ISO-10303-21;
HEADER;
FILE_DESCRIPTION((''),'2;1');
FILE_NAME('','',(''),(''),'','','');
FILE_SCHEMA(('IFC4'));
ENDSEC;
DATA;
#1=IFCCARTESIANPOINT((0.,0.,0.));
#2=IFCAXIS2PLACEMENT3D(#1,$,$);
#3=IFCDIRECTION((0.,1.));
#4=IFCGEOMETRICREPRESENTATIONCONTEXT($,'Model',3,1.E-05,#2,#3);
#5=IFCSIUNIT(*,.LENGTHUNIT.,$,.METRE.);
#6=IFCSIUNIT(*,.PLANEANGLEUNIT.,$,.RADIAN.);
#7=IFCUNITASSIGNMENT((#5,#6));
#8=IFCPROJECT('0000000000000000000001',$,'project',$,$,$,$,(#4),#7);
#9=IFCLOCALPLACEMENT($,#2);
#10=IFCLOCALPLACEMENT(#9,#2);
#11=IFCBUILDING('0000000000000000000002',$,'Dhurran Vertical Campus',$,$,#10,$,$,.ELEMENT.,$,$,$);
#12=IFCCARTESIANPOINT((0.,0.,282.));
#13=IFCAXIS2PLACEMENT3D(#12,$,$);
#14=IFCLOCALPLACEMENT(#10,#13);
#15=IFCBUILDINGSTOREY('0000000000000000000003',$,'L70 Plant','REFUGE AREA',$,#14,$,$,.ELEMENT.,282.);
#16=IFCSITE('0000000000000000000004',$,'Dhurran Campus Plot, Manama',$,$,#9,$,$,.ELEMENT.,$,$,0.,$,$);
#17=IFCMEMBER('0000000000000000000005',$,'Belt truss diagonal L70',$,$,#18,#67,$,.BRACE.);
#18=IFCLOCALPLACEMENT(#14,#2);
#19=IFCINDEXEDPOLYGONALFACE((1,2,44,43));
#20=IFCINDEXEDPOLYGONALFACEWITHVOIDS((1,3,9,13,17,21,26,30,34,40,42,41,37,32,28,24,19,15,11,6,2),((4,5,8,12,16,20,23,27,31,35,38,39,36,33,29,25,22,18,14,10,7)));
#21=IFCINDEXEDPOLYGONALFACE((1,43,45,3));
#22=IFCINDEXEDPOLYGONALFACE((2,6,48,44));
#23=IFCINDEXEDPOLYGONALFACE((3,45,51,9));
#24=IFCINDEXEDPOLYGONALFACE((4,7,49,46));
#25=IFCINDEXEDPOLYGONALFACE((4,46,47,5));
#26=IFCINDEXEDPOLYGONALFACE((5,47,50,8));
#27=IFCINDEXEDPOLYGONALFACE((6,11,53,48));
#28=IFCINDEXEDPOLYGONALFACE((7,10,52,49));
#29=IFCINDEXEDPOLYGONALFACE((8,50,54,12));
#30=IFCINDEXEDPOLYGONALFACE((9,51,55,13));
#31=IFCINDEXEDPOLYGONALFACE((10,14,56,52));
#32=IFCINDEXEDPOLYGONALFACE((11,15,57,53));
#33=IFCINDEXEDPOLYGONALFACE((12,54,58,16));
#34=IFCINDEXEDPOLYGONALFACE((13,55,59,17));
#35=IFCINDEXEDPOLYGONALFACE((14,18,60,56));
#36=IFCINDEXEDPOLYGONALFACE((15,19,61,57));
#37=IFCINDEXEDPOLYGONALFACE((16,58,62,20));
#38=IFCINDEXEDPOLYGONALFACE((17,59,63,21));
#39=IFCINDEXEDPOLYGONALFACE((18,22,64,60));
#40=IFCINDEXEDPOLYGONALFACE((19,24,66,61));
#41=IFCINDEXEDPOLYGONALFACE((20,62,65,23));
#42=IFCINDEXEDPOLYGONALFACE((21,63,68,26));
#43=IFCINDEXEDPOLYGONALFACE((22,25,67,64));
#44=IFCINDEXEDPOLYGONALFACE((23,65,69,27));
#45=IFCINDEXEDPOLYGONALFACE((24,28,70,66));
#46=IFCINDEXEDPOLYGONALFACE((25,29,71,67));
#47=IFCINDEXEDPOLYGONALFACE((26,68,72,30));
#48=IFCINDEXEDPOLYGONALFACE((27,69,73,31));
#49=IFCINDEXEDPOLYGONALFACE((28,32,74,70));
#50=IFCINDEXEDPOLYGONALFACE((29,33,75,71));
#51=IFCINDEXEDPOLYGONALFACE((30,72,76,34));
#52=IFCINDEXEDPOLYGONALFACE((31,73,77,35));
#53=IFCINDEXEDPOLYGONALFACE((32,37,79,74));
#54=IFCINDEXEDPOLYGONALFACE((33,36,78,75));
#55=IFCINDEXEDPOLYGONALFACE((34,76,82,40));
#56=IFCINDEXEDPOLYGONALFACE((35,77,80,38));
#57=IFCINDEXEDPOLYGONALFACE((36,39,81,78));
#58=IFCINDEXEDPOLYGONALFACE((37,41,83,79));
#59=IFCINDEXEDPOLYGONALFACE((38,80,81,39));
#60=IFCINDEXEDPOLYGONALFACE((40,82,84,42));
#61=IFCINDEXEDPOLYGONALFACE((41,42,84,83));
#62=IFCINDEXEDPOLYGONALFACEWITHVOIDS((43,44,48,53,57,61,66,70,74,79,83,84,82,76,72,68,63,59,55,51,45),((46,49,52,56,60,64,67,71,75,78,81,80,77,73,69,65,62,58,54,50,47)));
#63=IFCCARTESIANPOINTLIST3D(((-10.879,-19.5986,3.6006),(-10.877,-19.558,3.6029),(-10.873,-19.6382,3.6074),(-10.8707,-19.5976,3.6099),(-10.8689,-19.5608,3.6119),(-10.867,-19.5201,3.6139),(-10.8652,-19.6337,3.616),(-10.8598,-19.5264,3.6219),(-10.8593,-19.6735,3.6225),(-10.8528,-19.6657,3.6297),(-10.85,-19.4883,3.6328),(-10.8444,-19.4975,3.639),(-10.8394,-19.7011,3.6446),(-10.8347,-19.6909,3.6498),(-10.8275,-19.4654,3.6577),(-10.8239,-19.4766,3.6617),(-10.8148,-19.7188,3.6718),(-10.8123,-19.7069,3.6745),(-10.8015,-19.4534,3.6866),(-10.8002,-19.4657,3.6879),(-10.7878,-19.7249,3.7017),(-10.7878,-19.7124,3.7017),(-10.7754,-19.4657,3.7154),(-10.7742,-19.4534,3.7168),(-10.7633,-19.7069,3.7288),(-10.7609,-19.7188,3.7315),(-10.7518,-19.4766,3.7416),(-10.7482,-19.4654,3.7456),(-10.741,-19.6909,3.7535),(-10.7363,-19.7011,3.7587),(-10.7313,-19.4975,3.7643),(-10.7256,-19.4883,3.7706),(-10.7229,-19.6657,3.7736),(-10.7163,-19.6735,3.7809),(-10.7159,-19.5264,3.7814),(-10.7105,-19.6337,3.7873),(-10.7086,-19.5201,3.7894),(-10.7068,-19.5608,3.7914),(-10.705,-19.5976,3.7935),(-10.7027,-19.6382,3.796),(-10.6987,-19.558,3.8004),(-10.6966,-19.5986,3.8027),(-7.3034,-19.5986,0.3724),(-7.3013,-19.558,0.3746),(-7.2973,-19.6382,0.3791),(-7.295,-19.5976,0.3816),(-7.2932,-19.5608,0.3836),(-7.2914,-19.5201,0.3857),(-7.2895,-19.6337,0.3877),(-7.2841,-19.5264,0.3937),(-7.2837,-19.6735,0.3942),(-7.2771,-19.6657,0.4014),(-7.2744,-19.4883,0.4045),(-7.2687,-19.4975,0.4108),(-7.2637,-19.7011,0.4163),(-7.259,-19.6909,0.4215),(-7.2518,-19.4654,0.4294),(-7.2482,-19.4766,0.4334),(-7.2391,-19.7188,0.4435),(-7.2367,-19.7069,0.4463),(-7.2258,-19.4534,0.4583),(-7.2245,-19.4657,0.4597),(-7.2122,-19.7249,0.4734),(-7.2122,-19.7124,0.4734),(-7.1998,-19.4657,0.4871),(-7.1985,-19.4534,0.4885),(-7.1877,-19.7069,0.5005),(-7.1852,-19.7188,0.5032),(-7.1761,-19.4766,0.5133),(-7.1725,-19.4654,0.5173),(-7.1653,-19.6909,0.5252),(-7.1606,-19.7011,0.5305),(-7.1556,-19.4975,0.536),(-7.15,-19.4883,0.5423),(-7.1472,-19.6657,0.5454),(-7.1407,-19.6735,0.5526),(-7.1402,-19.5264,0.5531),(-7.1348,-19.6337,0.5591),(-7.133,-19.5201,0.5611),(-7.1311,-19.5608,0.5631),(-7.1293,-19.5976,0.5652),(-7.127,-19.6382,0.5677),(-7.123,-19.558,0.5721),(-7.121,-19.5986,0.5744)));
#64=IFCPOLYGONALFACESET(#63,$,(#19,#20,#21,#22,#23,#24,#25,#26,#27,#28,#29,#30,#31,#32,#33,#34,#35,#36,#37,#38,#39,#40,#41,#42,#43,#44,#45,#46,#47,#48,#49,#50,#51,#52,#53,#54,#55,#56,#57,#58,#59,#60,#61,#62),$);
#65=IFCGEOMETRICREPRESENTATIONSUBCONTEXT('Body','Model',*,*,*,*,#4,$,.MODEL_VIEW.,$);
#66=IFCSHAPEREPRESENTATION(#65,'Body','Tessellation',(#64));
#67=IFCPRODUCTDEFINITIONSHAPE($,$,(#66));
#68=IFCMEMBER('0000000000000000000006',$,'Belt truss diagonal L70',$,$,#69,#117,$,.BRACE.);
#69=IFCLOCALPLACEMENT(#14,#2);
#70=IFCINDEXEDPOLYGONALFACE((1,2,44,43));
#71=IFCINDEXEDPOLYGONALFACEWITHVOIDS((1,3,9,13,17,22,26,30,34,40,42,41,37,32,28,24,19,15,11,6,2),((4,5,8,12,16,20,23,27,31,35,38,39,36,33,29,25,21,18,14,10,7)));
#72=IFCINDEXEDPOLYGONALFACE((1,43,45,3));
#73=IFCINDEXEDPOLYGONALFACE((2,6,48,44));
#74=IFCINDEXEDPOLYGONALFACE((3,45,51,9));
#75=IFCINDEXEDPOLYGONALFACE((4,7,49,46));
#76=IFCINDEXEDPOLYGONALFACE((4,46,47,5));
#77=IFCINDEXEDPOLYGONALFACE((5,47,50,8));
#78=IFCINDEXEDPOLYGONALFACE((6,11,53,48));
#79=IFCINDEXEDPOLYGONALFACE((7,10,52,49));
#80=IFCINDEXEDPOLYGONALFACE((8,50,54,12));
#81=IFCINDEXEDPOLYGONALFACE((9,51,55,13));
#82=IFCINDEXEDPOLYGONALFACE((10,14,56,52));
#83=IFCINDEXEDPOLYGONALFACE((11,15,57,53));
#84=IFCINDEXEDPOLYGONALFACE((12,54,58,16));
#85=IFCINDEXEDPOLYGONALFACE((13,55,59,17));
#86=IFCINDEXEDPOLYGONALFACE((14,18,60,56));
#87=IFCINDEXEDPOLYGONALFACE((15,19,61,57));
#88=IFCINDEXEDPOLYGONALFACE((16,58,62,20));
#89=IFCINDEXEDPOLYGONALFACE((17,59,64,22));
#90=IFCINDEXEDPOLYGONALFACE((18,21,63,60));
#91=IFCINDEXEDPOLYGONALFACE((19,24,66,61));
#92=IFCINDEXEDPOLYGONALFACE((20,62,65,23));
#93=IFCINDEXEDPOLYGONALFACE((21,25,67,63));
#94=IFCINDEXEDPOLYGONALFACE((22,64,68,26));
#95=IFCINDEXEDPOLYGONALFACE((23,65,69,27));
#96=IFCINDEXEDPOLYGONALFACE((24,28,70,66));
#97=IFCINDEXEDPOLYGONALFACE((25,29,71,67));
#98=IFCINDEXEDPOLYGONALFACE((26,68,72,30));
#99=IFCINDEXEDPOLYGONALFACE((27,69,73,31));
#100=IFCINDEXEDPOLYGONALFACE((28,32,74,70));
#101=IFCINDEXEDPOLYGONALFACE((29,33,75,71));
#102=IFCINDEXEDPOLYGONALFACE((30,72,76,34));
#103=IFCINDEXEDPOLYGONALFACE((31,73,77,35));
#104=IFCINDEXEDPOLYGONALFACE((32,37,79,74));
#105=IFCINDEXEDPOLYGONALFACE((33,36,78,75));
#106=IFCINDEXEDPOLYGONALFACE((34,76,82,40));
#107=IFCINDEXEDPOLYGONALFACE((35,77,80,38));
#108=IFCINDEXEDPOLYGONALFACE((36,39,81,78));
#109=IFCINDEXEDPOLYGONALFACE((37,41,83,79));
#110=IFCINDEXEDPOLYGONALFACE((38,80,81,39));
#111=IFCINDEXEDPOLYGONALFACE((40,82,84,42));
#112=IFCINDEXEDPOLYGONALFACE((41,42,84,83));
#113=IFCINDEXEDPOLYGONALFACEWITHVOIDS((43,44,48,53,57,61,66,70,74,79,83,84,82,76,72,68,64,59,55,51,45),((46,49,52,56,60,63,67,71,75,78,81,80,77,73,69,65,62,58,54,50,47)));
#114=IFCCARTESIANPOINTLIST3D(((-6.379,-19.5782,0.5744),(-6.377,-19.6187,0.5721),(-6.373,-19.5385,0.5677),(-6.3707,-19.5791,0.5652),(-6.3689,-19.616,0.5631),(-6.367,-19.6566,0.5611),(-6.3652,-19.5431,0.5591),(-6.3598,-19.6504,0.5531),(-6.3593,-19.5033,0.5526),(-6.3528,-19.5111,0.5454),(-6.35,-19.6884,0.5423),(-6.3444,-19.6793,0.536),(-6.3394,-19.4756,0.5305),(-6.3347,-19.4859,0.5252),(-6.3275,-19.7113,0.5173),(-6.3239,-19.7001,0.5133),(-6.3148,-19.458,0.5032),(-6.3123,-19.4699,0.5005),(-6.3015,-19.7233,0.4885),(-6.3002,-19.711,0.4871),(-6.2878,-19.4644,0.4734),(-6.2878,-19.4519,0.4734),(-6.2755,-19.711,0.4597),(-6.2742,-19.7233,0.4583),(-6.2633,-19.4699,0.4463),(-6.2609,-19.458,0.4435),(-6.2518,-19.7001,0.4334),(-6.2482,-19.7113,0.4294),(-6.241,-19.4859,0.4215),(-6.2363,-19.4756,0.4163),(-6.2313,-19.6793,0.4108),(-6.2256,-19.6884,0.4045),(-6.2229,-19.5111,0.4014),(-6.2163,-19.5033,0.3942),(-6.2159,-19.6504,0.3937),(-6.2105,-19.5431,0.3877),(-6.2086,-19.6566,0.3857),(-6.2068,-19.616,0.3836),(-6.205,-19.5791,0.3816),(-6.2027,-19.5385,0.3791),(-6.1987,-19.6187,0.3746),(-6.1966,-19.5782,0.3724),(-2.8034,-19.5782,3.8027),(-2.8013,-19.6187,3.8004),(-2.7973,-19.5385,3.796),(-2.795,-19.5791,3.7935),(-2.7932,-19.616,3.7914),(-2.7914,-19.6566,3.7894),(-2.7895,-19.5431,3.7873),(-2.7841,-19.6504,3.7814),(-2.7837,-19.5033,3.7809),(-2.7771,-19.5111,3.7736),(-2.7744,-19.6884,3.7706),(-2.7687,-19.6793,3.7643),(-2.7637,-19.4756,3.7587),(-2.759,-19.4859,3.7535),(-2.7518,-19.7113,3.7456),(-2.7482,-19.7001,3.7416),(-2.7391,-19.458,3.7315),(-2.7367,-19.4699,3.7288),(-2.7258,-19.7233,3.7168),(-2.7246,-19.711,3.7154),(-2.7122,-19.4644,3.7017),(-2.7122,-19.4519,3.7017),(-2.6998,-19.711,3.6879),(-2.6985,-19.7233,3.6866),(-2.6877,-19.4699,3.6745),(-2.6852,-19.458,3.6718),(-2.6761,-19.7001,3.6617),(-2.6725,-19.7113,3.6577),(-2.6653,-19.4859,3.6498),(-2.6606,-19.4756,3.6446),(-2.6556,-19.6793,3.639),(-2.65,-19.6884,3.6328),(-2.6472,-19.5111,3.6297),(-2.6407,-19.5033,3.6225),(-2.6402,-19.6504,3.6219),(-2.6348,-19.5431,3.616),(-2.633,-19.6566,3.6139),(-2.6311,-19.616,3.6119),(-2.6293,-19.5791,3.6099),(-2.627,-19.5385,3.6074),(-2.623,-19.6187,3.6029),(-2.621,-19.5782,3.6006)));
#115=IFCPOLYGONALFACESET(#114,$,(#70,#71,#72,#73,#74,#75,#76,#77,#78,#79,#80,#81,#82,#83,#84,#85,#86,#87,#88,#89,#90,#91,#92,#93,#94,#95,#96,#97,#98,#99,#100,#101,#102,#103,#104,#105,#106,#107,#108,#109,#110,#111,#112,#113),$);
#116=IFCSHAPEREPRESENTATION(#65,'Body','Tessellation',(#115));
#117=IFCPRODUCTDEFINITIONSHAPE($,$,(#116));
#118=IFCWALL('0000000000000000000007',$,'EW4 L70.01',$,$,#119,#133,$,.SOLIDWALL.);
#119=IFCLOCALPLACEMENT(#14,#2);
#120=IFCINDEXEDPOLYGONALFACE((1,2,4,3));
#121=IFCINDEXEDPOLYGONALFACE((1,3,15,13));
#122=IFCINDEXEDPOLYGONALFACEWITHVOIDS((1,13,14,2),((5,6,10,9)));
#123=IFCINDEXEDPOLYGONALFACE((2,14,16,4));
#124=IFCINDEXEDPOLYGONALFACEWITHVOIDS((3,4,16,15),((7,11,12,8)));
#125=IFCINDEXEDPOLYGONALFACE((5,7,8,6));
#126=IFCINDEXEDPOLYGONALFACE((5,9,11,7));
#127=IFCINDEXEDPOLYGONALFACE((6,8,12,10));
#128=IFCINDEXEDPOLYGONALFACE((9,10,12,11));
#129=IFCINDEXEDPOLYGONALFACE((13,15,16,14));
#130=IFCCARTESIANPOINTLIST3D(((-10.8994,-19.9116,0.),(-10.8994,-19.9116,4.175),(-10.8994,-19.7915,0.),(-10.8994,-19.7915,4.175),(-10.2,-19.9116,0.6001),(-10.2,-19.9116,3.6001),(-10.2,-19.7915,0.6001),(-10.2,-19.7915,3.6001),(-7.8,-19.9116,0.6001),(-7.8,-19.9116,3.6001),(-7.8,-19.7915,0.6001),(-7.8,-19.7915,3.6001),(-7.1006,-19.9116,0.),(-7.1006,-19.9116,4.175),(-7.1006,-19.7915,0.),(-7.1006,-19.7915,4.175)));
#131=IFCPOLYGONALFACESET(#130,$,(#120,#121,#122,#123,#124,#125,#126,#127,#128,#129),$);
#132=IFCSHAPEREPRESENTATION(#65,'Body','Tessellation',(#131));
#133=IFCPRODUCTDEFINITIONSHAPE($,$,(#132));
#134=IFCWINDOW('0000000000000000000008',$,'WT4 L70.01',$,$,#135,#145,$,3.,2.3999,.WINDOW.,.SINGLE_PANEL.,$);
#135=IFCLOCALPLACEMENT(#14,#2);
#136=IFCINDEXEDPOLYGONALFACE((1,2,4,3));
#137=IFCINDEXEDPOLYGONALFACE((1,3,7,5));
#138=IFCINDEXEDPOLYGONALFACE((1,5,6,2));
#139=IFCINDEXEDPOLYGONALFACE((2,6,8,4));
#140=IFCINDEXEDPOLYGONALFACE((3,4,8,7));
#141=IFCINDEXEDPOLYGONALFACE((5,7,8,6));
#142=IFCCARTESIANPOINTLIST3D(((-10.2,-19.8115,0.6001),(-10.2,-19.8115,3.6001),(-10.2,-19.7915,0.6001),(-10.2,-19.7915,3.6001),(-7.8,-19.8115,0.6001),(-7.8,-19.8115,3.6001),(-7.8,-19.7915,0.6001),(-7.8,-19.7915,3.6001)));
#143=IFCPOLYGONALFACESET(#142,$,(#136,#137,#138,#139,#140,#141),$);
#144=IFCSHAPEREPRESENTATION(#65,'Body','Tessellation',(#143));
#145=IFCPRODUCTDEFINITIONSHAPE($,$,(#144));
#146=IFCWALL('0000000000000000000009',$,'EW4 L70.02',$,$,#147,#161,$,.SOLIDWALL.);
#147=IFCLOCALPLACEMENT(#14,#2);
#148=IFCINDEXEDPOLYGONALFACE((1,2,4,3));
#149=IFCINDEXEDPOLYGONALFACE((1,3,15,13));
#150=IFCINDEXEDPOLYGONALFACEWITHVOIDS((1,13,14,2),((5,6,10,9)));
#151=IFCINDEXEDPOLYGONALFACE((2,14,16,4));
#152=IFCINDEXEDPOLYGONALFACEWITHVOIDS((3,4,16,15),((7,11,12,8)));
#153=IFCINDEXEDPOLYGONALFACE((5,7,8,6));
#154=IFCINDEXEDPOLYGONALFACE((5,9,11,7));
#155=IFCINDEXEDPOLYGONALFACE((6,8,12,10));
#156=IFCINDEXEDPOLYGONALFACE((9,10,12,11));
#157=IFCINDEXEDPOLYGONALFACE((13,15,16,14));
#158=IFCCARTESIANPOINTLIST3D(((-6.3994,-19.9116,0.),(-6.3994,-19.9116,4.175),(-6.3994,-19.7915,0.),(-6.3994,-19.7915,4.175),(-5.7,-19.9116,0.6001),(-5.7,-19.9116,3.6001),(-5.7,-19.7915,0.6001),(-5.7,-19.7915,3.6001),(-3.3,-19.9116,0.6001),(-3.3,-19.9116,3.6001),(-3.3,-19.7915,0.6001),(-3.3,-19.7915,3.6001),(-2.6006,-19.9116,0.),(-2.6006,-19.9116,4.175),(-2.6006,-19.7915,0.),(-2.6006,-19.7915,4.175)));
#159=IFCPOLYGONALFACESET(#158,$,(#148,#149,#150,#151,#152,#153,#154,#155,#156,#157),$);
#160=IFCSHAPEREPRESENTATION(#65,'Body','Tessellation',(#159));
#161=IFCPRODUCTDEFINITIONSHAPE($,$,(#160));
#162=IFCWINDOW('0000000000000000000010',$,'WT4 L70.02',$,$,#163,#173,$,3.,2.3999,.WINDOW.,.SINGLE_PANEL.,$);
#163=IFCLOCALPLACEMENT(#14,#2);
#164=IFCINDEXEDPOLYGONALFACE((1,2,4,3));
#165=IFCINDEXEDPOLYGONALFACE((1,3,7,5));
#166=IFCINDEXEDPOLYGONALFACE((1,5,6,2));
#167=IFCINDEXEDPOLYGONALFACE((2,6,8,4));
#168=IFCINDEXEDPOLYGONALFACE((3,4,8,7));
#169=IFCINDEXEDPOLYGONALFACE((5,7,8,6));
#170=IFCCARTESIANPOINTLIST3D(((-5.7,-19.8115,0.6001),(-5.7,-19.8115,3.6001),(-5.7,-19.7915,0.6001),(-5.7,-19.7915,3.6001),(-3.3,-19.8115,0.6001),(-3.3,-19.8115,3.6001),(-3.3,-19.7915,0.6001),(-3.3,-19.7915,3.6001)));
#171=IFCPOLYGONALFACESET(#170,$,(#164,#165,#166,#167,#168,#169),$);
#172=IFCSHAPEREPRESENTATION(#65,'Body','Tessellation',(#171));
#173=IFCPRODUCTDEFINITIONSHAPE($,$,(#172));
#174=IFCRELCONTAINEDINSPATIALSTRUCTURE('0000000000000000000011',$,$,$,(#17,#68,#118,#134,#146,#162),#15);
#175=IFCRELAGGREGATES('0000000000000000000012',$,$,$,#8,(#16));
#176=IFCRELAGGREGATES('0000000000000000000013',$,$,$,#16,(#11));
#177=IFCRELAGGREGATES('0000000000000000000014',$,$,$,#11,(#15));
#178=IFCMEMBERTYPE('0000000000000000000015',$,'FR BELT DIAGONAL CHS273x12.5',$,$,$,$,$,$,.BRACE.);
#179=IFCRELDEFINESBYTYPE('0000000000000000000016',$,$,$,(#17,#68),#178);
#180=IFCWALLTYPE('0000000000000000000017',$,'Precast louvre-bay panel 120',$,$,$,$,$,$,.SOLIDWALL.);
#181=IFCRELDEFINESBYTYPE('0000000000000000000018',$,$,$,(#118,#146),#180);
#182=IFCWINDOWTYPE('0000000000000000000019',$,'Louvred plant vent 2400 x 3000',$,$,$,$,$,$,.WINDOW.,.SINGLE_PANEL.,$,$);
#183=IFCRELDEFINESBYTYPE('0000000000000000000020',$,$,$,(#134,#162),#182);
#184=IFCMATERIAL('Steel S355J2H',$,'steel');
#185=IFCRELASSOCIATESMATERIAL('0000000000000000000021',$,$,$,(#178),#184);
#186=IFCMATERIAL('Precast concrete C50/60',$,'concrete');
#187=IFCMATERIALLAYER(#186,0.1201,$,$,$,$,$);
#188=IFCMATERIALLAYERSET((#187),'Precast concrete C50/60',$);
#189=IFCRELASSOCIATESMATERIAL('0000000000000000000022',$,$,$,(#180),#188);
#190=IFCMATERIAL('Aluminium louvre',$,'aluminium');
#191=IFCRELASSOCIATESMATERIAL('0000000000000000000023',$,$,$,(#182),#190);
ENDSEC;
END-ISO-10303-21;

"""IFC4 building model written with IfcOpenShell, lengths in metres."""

from ifc_helpers import new_model, si_unit, direction, frame, frame_2d, origin, origin_2d, place, context, subcontext, project, spatial, rectangle, hollow_circle, extrude, material, layer, layer_set, material_profile, profile_set, type_object, element, fill, save


model = new_model("IFC4")

# Units and contexts
model_context = context("Model", 3, precision=1e-05, world=origin(), true_north=direction((0.0, 1.0)))
body_context = subcontext(model_context, "Body", "Model", "MODEL_VIEW")
ifc_project = project(units=[si_unit("LENGTHUNIT", "METRE"), si_unit("PLANEANGLEUNIT", "RADIAN")], contexts=[model_context])

# Site, building, storey
site_placement = place(None, origin())
site = spatial("IfcSite", under=ifc_project, at=site_placement, Name="Dhurran Campus Plot, Manama", CompositionType="ELEMENT", RefElevation=0.0)
building_placement = place(site_placement, origin())
building = spatial("IfcBuilding", under=site, at=building_placement, Name="Dhurran Vertical Campus", CompositionType="ELEMENT")
storey_placement = place(building_placement, frame((0.0, 0.0, 282.0)))
storey = spatial("IfcBuildingStorey", under=building, at=storey_placement, Name="L70 Plant", Description="REFUGE AREA", CompositionType="ELEMENT", Elevation=282.0)

# Members
ifc_material_1 = material(Name="Steel S355J2H", Category="steel")
ifc_material_profile_1 = material_profile(ifc_material_1, hollow_circle(Radius=0.1365, WallThickness=0.0125, at=origin_2d()), Name="CHS273x12.5")
ifc_profile_set_1 = profile_set([ifc_material_profile_1], Name="Steel S355J2H")
member_type = type_object("IfcMemberType", Name="FR BELT DIAGONAL CHS273x12.5", PredefinedType="BRACE", material=ifc_profile_set_1)
for number, where, z_axis, x_axis, name in (
    (1, (-7.2122, -19.5884, 0.4734), (-0.742245, 0.0, 0.670129), (0.0, -1.0, 0.0), "Belt truss diagonal L70"),
    (2, (-6.2878, -19.5884, 0.4734), (0.742245, 0.0, 0.670129), (0.0, 1.0, 0.0), "Belt truss diagonal L70"),
):
    element("IfcMember", number, at=place(storey_placement, frame(where, z_axis=z_axis, x_axis=x_axis)), inside=storey, type_object=member_type, Name=name, PredefinedType="BRACE", context=body_context, shape_type="SweptSolid", body=[
        extrude(hollow_circle(Radius=0.1365, WallThickness=0.0125, at=origin_2d()), origin(), (0.0, 0.0, 1.0), 4.8174),
    ])

# Walls, openings, windows
ifc_material_2 = material(Name="Precast concrete C50/60", Category="concrete")
ifc_layer_1 = layer(ifc_material_2, 0.1201)
ifc_layer_set_1 = layer_set([ifc_layer_1], Name="Precast concrete C50/60")
wall_type_1 = type_object("IfcWallType", Name="Precast louvre-bay panel 120", PredefinedType="SOLIDWALL", material=ifc_layer_set_1)
wall_1_placement = place(storey_placement, frame((-10.8994, -19.8516, 0.0), z_axis=(0.0, 0.0, 1.0), x_axis=(1.0, 0.0, 0.0)))
wall_1 = element("IfcWall", 3, at=wall_1_placement, inside=storey, type_object=wall_type_1, Name="EW4 L70.01", PredefinedType="SOLIDWALL", context=body_context, shape_type="SweptSolid", body=[
    extrude(rectangle(XDim=3.7988, YDim=0.1201, at=frame_2d((1.8994, 0.0))), origin(), (0.0, 0.0, 1.0), 4.175),
])
opening_1_placement = place(wall_1_placement, frame((0.6995, 0.0, 0.6001)))
opening_1 = element("IfcOpeningElement", 4, at=opening_1_placement, cuts=wall_1, PredefinedType="OPENING", context=body_context, shape_type="SweptSolid", body=[
    extrude(rectangle(XDim=2.3999, YDim=3.0, at=frame_2d((1.2, 1.5))), frame((0.0, 0.0701, 0.0), z_axis=(0.0, -1.0, 0.0), x_axis=(1.0, 0.0, 0.0)), (0.0, 0.0, 1.0), 0.1401),
])
ifc_material_3 = material(Name="Aluminium louvre", Category="aluminium")
window_type = type_object("IfcWindowType", Name="Louvred plant vent 2400 x 3000", PartitioningType="SINGLE_PANEL", PredefinedType="WINDOW", material=ifc_material_3)
window_1_placement = place(opening_1_placement, origin())
window_1 = element("IfcWindow", 5, at=window_1_placement, inside=storey, type_object=window_type, Name="WT4 L70.01", OverallHeight=3.0, OverallWidth=2.3999, PartitioningType="SINGLE_PANEL", PredefinedType="WINDOW", context=body_context, shape_type="SweptSolid", body=[
    extrude(rectangle(XDim=2.3999, YDim=3.0, at=frame_2d((1.2, 1.5))), frame((0.0, 0.0601, 0.0), z_axis=(0.0, -1.0, 0.0), x_axis=(1.0, 0.0, 0.0)), (0.0, 0.0, 1.0), 0.02),
])
fill(opening_1, window_1)
wall_2_placement = place(storey_placement, frame((-6.3994, -19.8516, 0.0), z_axis=(0.0, 0.0, 1.0), x_axis=(1.0, 0.0, 0.0)))
wall_2 = element("IfcWall", 6, at=wall_2_placement, inside=storey, type_object=wall_type_1, Name="EW4 L70.02", PredefinedType="SOLIDWALL", context=body_context, shape_type="SweptSolid", body=[
    extrude(rectangle(XDim=3.7988, YDim=0.1201, at=frame_2d((1.8994, 0.0))), origin(), (0.0, 0.0, 1.0), 4.175),
])
opening_2_placement = place(wall_2_placement, frame((0.6995, 0.0, 0.6001)))
opening_2 = element("IfcOpeningElement", 7, at=opening_2_placement, cuts=wall_2, PredefinedType="OPENING", context=body_context, shape_type="SweptSolid", body=[
    extrude(rectangle(XDim=2.3999, YDim=3.0, at=frame_2d((1.2, 1.5))), frame((0.0, 0.0701, 0.0), z_axis=(0.0, -1.0, 0.0), x_axis=(1.0, 0.0, 0.0)), (0.0, 0.0, 1.0), 0.1401),
])
window_2_placement = place(opening_2_placement, origin())
window_2 = element("IfcWindow", 8, at=window_2_placement, inside=storey, type_object=window_type, Name="WT4 L70.02", OverallHeight=3.0, OverallWidth=2.3999, PartitioningType="SINGLE_PANEL", PredefinedType="WINDOW", context=body_context, shape_type="SweptSolid", body=[
    extrude(rectangle(XDim=2.3999, YDim=3.0, at=frame_2d((1.2, 1.5))), frame((0.0, 0.0601, 0.0), z_axis=(0.0, -1.0, 0.0), x_axis=(1.0, 0.0, 0.0)), (0.0, 0.0, 1.0), 0.02),
])
fill(opening_2, window_2)

save(model, "model.ifc")
